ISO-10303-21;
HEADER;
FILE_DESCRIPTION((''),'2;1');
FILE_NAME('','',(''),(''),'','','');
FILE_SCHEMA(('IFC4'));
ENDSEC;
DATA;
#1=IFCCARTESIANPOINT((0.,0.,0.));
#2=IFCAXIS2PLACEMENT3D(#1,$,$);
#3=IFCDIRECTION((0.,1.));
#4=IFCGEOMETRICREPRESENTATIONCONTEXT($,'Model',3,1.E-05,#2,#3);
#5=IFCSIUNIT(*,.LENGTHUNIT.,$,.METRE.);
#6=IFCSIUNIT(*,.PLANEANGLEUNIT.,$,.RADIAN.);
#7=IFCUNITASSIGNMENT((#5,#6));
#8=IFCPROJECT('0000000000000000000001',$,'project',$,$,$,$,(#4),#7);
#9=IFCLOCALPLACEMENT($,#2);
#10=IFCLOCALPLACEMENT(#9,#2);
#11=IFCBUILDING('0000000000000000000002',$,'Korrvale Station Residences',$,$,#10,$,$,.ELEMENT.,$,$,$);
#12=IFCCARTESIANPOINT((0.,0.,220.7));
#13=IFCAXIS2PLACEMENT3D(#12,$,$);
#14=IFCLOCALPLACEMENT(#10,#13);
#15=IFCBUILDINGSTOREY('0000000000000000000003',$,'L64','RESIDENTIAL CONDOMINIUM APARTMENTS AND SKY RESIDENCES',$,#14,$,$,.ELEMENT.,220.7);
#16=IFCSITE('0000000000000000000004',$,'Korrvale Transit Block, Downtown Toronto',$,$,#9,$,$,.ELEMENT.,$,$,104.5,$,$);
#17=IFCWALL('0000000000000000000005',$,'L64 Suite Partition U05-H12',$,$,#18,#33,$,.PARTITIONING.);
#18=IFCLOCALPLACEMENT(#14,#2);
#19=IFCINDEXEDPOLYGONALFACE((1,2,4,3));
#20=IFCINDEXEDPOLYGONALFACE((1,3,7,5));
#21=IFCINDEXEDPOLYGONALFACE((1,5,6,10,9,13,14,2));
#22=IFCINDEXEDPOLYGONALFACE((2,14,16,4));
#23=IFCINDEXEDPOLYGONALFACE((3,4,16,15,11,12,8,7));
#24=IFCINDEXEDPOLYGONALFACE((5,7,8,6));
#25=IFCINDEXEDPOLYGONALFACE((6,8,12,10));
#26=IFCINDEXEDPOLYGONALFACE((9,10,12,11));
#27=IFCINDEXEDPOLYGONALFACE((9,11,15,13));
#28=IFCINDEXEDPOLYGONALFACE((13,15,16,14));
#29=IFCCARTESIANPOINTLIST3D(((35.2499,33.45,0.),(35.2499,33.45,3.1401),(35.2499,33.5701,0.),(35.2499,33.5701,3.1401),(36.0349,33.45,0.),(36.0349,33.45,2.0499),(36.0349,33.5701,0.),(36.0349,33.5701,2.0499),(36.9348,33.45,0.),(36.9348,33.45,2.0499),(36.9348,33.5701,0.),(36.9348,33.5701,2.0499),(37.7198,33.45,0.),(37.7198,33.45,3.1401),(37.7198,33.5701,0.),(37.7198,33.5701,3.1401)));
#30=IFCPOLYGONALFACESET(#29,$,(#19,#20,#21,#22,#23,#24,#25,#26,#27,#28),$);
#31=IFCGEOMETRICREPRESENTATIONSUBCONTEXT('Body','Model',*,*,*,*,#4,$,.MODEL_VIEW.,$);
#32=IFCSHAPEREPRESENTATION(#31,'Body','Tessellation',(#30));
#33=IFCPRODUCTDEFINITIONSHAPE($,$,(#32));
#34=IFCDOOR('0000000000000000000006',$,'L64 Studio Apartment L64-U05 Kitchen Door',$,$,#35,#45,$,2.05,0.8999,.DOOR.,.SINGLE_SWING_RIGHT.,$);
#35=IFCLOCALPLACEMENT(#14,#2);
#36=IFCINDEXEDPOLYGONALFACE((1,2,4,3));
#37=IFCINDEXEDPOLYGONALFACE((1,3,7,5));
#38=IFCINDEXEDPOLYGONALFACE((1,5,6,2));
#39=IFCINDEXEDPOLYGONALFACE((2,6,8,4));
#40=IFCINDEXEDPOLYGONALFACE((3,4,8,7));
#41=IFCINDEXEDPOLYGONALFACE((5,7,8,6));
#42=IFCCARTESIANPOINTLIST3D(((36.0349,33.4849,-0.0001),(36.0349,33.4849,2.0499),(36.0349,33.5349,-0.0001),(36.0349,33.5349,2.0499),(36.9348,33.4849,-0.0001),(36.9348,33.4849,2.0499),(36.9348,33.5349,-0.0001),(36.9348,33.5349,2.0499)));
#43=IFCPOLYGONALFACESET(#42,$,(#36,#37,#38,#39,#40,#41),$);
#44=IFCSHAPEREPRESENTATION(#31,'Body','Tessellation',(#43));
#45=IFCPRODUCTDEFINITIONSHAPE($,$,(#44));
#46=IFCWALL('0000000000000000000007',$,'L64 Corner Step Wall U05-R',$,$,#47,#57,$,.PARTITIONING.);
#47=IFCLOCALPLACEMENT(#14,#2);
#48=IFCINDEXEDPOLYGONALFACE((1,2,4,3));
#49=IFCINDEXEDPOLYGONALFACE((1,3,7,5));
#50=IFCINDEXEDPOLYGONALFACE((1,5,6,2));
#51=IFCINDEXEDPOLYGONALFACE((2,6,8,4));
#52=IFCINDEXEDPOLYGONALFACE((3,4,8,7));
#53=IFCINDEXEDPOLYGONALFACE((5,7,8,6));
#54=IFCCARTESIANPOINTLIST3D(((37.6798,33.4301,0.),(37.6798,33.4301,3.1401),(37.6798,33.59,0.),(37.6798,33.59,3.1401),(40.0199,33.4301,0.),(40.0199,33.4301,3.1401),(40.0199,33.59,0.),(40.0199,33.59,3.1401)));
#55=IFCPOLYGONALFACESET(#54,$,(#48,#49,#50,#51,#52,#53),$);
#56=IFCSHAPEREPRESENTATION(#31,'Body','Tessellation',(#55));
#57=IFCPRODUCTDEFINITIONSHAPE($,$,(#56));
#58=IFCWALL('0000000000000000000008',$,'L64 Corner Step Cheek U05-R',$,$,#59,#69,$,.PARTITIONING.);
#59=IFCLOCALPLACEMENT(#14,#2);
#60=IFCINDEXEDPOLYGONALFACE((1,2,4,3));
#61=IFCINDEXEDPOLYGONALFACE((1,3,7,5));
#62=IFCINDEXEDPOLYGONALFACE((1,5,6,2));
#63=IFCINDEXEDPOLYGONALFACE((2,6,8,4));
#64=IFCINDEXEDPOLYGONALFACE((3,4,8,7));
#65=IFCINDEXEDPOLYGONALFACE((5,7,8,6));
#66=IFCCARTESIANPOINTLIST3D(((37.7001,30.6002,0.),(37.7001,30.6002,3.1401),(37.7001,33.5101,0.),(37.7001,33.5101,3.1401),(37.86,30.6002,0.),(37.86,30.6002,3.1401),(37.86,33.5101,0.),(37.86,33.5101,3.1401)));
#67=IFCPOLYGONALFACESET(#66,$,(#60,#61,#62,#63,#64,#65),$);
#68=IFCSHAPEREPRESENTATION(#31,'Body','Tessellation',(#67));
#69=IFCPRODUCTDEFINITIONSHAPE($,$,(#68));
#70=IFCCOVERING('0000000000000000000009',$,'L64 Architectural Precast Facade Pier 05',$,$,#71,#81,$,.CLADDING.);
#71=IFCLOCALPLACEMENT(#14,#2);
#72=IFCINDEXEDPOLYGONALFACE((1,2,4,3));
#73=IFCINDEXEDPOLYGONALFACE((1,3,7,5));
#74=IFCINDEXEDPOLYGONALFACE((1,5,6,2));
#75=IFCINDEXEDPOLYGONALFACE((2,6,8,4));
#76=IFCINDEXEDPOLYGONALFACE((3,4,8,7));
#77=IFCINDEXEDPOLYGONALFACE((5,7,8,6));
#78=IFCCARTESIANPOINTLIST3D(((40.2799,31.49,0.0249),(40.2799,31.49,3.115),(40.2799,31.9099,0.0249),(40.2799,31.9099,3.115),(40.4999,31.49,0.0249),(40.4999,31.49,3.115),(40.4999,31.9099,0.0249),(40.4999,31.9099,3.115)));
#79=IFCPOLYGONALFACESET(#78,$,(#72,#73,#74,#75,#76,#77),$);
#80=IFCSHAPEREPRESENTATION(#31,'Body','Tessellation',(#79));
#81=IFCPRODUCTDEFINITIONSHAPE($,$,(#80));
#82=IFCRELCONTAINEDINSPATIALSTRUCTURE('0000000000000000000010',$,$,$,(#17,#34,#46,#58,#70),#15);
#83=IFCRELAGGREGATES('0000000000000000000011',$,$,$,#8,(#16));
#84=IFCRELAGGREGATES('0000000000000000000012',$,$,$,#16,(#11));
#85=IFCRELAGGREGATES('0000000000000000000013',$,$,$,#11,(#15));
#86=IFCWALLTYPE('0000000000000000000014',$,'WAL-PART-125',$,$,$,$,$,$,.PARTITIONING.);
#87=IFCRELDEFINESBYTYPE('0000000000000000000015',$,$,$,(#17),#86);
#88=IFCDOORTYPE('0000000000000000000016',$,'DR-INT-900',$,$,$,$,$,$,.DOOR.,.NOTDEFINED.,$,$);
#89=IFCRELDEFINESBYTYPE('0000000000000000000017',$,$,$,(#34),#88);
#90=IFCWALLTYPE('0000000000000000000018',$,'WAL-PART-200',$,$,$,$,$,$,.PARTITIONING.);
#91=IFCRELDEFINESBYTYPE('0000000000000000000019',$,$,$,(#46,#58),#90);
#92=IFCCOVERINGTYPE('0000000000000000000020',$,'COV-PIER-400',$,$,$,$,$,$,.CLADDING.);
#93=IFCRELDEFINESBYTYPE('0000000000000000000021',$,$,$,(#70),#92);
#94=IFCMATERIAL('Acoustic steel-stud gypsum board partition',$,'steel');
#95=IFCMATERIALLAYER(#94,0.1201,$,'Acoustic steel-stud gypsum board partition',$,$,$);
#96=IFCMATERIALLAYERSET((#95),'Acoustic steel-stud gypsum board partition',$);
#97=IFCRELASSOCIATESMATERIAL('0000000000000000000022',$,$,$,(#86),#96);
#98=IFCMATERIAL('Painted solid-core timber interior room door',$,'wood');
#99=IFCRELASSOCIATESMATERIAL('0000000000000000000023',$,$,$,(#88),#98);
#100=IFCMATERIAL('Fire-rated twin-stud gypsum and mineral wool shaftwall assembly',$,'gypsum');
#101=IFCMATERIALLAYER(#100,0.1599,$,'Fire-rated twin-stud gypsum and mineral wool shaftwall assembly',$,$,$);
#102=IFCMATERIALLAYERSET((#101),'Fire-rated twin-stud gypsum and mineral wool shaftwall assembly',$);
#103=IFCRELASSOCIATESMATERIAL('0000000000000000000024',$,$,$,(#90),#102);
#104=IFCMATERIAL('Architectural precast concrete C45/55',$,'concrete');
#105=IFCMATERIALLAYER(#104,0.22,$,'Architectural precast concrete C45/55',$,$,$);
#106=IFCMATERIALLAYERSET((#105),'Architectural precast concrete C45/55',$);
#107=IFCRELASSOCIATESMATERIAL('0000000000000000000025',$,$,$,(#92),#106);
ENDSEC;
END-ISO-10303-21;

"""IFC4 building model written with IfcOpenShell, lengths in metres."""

from ifc_helpers import new_model, si_unit, direction, frame, frame_2d, origin, origin_2d, place, context, subcontext, project, spatial, rectangle, extrude, material, layer, layer_set, type_object, element, fill, save


model = new_model("IFC4")

# Units and contexts
model_context = context("Model", 3, precision=1e-05, world=origin(), true_north=direction((0.0, 1.0)))
body_context = subcontext(model_context, "Body", "Model", "MODEL_VIEW")
ifc_project = project(units=[si_unit("LENGTHUNIT", "METRE"), si_unit("PLANEANGLEUNIT", "RADIAN")], contexts=[model_context])

# Site, building, storey
site_placement = place(None, origin())
site = spatial("IfcSite", under=ifc_project, at=site_placement, Name="Korrvale Transit Block, Downtown Toronto", CompositionType="ELEMENT", RefElevation=104.5)
building_placement = place(site_placement, origin())
building = spatial("IfcBuilding", under=site, at=building_placement, Name="Korrvale Station Residences", CompositionType="ELEMENT")
storey_placement = place(building_placement, frame((0.0, 0.0, 220.7)))
storey = spatial("IfcBuildingStorey", under=building, at=storey_placement, Name="L64", Description="RESIDENTIAL CONDOMINIUM APARTMENTS AND SKY RESIDENCES", CompositionType="ELEMENT", Elevation=220.7)

# Wall, opening, door
ifc_material_1 = material(Name="Acoustic steel-stud gypsum board partition", Category="steel")
ifc_layer_1 = layer(ifc_material_1, 0.1201, Name="Acoustic steel-stud gypsum board partition")
ifc_layer_set_1 = layer_set([ifc_layer_1], Name="Acoustic steel-stud gypsum board partition")
wall_type_1 = type_object("IfcWallType", Name="WAL-PART-125", PredefinedType="PARTITIONING", material=ifc_layer_set_1)
wall_1_placement = place(storey_placement, frame((35.25, 33.51, 0.0), z_axis=(0.0, 0.0, 1.0), x_axis=(1.0, 0.0, 0.0)))
wall_1 = element("IfcWall", 1, at=wall_1_placement, inside=storey, type_object=wall_type_1, Name="L64 Suite Partition U05-H12", PredefinedType="PARTITIONING", context=body_context, shape_type="SweptSolid", body=[
    extrude(rectangle(XDim=2.47, YDim=0.1201, at=frame_2d((1.2349, 0.0))), origin(), (0.0, 0.0, 1.0), 3.1401),
])
opening_1_placement = place(wall_1_placement, frame((0.7849, 0.0, 0.0)))
opening_1 = element("IfcOpeningElement", 2, at=opening_1_placement, cuts=wall_1, PredefinedType="OPENING", context=body_context, shape_type="SweptSolid", body=[
    extrude(rectangle(XDim=0.8999, YDim=2.05, at=frame_2d((0.45, 1.0249))), frame((0.0, 0.0701, 0.0), z_axis=(0.0, -1.0, 0.0), x_axis=(1.0, 0.0, 0.0)), (0.0, 0.0, 1.0), 0.1401),
])
ifc_material_2 = material(Name="Painted solid-core timber interior room door", Category="wood")
door_type_1 = type_object("IfcDoorType", Name="DR-INT-900", OperationType="NOTDEFINED", PredefinedType="DOOR", material=ifc_material_2)
door_1_placement = place(opening_1_placement, origin())
door_1 = element("IfcDoor", 3, at=door_1_placement, inside=storey, type_object=door_type_1, Name="L64 Studio Apartment L64-U05 Kitchen Door", OperationType="SINGLE_SWING_RIGHT", OverallHeight=2.05, OverallWidth=0.8999, PredefinedType="DOOR", context=body_context, shape_type="SweptSolid", body=[
    extrude(rectangle(XDim=0.8999, YDim=2.05, at=frame_2d((0.45, 1.0249))), frame((0.0, 0.0249, 0.0), z_axis=(0.0, -1.0, 0.0), x_axis=(1.0, 0.0, 0.0)), (0.0, 0.0, 1.0), 0.05),
])
fill(opening_1, door_1)

# Walls
ifc_material_3 = material(Name="Fire-rated twin-stud gypsum and mineral wool shaftwall assembly", Category="gypsum")
ifc_layer_2 = layer(ifc_material_3, 0.1599, Name="Fire-rated twin-stud gypsum and mineral wool shaftwall assembly")
ifc_layer_set_2 = layer_set([ifc_layer_2], Name="Fire-rated twin-stud gypsum and mineral wool shaftwall assembly")
wall_type_2 = type_object("IfcWallType", Name="WAL-PART-200", PredefinedType="PARTITIONING", material=ifc_layer_set_2)
wall_2_placement = place(storey_placement, frame((37.6799, 33.51, 0.0), z_axis=(0.0, 0.0, 1.0), x_axis=(1.0, 0.0, 0.0)))
element("IfcWall", 4, at=wall_2_placement, inside=storey, type_object=wall_type_2, Name="L64 Corner Step Wall U05-R", PredefinedType="PARTITIONING", context=body_context, shape_type="SweptSolid", body=[
    extrude(rectangle(XDim=2.3401, YDim=0.1599, at=frame_2d((1.1699, 0.0))), origin(), (0.0, 0.0, 1.0), 3.1401),
])
wall_3_placement = place(storey_placement, frame((37.78, 30.6001, 0.0), z_axis=(0.0, 0.0, 1.0), x_axis=(0.0, 1.0, 0.0)))
element("IfcWall", 5, at=wall_3_placement, inside=storey, type_object=wall_type_2, Name="L64 Corner Step Cheek U05-R", PredefinedType="PARTITIONING", context=body_context, shape_type="SweptSolid", body=[
    extrude(rectangle(XDim=2.9099, YDim=0.1599, at=frame_2d((1.4551, 0.0))), origin(), (0.0, 0.0, 1.0), 3.1401),
])

# Covering
ifc_material_4 = material(Name="Architectural precast concrete C45/55", Category="concrete")
ifc_layer_3 = layer(ifc_material_4, 0.22, Name="Architectural precast concrete C45/55")
ifc_layer_set_3 = layer_set([ifc_layer_3], Name="Architectural precast concrete C45/55")
covering_type = type_object("IfcCoveringType", Name="COV-PIER-400", PredefinedType="CLADDING", material=ifc_layer_set_3)
covering_placement = place(storey_placement, frame((40.3899, 31.7, 0.0249), z_axis=(0.0, 0.0, 1.0), x_axis=(0.0, 1.0, 0.0)))
element("IfcCovering", 6, at=covering_placement, inside=storey, type_object=covering_type, Name="L64 Architectural Precast Facade Pier 05", PredefinedType="CLADDING", context=body_context, shape_type="SweptSolid", body=[
    extrude(rectangle(XDim=0.4199, YDim=0.22, at=origin_2d()), origin(), (0.0, 0.0, 1.0), 3.0901),
])

save(model, "model.ifc")
